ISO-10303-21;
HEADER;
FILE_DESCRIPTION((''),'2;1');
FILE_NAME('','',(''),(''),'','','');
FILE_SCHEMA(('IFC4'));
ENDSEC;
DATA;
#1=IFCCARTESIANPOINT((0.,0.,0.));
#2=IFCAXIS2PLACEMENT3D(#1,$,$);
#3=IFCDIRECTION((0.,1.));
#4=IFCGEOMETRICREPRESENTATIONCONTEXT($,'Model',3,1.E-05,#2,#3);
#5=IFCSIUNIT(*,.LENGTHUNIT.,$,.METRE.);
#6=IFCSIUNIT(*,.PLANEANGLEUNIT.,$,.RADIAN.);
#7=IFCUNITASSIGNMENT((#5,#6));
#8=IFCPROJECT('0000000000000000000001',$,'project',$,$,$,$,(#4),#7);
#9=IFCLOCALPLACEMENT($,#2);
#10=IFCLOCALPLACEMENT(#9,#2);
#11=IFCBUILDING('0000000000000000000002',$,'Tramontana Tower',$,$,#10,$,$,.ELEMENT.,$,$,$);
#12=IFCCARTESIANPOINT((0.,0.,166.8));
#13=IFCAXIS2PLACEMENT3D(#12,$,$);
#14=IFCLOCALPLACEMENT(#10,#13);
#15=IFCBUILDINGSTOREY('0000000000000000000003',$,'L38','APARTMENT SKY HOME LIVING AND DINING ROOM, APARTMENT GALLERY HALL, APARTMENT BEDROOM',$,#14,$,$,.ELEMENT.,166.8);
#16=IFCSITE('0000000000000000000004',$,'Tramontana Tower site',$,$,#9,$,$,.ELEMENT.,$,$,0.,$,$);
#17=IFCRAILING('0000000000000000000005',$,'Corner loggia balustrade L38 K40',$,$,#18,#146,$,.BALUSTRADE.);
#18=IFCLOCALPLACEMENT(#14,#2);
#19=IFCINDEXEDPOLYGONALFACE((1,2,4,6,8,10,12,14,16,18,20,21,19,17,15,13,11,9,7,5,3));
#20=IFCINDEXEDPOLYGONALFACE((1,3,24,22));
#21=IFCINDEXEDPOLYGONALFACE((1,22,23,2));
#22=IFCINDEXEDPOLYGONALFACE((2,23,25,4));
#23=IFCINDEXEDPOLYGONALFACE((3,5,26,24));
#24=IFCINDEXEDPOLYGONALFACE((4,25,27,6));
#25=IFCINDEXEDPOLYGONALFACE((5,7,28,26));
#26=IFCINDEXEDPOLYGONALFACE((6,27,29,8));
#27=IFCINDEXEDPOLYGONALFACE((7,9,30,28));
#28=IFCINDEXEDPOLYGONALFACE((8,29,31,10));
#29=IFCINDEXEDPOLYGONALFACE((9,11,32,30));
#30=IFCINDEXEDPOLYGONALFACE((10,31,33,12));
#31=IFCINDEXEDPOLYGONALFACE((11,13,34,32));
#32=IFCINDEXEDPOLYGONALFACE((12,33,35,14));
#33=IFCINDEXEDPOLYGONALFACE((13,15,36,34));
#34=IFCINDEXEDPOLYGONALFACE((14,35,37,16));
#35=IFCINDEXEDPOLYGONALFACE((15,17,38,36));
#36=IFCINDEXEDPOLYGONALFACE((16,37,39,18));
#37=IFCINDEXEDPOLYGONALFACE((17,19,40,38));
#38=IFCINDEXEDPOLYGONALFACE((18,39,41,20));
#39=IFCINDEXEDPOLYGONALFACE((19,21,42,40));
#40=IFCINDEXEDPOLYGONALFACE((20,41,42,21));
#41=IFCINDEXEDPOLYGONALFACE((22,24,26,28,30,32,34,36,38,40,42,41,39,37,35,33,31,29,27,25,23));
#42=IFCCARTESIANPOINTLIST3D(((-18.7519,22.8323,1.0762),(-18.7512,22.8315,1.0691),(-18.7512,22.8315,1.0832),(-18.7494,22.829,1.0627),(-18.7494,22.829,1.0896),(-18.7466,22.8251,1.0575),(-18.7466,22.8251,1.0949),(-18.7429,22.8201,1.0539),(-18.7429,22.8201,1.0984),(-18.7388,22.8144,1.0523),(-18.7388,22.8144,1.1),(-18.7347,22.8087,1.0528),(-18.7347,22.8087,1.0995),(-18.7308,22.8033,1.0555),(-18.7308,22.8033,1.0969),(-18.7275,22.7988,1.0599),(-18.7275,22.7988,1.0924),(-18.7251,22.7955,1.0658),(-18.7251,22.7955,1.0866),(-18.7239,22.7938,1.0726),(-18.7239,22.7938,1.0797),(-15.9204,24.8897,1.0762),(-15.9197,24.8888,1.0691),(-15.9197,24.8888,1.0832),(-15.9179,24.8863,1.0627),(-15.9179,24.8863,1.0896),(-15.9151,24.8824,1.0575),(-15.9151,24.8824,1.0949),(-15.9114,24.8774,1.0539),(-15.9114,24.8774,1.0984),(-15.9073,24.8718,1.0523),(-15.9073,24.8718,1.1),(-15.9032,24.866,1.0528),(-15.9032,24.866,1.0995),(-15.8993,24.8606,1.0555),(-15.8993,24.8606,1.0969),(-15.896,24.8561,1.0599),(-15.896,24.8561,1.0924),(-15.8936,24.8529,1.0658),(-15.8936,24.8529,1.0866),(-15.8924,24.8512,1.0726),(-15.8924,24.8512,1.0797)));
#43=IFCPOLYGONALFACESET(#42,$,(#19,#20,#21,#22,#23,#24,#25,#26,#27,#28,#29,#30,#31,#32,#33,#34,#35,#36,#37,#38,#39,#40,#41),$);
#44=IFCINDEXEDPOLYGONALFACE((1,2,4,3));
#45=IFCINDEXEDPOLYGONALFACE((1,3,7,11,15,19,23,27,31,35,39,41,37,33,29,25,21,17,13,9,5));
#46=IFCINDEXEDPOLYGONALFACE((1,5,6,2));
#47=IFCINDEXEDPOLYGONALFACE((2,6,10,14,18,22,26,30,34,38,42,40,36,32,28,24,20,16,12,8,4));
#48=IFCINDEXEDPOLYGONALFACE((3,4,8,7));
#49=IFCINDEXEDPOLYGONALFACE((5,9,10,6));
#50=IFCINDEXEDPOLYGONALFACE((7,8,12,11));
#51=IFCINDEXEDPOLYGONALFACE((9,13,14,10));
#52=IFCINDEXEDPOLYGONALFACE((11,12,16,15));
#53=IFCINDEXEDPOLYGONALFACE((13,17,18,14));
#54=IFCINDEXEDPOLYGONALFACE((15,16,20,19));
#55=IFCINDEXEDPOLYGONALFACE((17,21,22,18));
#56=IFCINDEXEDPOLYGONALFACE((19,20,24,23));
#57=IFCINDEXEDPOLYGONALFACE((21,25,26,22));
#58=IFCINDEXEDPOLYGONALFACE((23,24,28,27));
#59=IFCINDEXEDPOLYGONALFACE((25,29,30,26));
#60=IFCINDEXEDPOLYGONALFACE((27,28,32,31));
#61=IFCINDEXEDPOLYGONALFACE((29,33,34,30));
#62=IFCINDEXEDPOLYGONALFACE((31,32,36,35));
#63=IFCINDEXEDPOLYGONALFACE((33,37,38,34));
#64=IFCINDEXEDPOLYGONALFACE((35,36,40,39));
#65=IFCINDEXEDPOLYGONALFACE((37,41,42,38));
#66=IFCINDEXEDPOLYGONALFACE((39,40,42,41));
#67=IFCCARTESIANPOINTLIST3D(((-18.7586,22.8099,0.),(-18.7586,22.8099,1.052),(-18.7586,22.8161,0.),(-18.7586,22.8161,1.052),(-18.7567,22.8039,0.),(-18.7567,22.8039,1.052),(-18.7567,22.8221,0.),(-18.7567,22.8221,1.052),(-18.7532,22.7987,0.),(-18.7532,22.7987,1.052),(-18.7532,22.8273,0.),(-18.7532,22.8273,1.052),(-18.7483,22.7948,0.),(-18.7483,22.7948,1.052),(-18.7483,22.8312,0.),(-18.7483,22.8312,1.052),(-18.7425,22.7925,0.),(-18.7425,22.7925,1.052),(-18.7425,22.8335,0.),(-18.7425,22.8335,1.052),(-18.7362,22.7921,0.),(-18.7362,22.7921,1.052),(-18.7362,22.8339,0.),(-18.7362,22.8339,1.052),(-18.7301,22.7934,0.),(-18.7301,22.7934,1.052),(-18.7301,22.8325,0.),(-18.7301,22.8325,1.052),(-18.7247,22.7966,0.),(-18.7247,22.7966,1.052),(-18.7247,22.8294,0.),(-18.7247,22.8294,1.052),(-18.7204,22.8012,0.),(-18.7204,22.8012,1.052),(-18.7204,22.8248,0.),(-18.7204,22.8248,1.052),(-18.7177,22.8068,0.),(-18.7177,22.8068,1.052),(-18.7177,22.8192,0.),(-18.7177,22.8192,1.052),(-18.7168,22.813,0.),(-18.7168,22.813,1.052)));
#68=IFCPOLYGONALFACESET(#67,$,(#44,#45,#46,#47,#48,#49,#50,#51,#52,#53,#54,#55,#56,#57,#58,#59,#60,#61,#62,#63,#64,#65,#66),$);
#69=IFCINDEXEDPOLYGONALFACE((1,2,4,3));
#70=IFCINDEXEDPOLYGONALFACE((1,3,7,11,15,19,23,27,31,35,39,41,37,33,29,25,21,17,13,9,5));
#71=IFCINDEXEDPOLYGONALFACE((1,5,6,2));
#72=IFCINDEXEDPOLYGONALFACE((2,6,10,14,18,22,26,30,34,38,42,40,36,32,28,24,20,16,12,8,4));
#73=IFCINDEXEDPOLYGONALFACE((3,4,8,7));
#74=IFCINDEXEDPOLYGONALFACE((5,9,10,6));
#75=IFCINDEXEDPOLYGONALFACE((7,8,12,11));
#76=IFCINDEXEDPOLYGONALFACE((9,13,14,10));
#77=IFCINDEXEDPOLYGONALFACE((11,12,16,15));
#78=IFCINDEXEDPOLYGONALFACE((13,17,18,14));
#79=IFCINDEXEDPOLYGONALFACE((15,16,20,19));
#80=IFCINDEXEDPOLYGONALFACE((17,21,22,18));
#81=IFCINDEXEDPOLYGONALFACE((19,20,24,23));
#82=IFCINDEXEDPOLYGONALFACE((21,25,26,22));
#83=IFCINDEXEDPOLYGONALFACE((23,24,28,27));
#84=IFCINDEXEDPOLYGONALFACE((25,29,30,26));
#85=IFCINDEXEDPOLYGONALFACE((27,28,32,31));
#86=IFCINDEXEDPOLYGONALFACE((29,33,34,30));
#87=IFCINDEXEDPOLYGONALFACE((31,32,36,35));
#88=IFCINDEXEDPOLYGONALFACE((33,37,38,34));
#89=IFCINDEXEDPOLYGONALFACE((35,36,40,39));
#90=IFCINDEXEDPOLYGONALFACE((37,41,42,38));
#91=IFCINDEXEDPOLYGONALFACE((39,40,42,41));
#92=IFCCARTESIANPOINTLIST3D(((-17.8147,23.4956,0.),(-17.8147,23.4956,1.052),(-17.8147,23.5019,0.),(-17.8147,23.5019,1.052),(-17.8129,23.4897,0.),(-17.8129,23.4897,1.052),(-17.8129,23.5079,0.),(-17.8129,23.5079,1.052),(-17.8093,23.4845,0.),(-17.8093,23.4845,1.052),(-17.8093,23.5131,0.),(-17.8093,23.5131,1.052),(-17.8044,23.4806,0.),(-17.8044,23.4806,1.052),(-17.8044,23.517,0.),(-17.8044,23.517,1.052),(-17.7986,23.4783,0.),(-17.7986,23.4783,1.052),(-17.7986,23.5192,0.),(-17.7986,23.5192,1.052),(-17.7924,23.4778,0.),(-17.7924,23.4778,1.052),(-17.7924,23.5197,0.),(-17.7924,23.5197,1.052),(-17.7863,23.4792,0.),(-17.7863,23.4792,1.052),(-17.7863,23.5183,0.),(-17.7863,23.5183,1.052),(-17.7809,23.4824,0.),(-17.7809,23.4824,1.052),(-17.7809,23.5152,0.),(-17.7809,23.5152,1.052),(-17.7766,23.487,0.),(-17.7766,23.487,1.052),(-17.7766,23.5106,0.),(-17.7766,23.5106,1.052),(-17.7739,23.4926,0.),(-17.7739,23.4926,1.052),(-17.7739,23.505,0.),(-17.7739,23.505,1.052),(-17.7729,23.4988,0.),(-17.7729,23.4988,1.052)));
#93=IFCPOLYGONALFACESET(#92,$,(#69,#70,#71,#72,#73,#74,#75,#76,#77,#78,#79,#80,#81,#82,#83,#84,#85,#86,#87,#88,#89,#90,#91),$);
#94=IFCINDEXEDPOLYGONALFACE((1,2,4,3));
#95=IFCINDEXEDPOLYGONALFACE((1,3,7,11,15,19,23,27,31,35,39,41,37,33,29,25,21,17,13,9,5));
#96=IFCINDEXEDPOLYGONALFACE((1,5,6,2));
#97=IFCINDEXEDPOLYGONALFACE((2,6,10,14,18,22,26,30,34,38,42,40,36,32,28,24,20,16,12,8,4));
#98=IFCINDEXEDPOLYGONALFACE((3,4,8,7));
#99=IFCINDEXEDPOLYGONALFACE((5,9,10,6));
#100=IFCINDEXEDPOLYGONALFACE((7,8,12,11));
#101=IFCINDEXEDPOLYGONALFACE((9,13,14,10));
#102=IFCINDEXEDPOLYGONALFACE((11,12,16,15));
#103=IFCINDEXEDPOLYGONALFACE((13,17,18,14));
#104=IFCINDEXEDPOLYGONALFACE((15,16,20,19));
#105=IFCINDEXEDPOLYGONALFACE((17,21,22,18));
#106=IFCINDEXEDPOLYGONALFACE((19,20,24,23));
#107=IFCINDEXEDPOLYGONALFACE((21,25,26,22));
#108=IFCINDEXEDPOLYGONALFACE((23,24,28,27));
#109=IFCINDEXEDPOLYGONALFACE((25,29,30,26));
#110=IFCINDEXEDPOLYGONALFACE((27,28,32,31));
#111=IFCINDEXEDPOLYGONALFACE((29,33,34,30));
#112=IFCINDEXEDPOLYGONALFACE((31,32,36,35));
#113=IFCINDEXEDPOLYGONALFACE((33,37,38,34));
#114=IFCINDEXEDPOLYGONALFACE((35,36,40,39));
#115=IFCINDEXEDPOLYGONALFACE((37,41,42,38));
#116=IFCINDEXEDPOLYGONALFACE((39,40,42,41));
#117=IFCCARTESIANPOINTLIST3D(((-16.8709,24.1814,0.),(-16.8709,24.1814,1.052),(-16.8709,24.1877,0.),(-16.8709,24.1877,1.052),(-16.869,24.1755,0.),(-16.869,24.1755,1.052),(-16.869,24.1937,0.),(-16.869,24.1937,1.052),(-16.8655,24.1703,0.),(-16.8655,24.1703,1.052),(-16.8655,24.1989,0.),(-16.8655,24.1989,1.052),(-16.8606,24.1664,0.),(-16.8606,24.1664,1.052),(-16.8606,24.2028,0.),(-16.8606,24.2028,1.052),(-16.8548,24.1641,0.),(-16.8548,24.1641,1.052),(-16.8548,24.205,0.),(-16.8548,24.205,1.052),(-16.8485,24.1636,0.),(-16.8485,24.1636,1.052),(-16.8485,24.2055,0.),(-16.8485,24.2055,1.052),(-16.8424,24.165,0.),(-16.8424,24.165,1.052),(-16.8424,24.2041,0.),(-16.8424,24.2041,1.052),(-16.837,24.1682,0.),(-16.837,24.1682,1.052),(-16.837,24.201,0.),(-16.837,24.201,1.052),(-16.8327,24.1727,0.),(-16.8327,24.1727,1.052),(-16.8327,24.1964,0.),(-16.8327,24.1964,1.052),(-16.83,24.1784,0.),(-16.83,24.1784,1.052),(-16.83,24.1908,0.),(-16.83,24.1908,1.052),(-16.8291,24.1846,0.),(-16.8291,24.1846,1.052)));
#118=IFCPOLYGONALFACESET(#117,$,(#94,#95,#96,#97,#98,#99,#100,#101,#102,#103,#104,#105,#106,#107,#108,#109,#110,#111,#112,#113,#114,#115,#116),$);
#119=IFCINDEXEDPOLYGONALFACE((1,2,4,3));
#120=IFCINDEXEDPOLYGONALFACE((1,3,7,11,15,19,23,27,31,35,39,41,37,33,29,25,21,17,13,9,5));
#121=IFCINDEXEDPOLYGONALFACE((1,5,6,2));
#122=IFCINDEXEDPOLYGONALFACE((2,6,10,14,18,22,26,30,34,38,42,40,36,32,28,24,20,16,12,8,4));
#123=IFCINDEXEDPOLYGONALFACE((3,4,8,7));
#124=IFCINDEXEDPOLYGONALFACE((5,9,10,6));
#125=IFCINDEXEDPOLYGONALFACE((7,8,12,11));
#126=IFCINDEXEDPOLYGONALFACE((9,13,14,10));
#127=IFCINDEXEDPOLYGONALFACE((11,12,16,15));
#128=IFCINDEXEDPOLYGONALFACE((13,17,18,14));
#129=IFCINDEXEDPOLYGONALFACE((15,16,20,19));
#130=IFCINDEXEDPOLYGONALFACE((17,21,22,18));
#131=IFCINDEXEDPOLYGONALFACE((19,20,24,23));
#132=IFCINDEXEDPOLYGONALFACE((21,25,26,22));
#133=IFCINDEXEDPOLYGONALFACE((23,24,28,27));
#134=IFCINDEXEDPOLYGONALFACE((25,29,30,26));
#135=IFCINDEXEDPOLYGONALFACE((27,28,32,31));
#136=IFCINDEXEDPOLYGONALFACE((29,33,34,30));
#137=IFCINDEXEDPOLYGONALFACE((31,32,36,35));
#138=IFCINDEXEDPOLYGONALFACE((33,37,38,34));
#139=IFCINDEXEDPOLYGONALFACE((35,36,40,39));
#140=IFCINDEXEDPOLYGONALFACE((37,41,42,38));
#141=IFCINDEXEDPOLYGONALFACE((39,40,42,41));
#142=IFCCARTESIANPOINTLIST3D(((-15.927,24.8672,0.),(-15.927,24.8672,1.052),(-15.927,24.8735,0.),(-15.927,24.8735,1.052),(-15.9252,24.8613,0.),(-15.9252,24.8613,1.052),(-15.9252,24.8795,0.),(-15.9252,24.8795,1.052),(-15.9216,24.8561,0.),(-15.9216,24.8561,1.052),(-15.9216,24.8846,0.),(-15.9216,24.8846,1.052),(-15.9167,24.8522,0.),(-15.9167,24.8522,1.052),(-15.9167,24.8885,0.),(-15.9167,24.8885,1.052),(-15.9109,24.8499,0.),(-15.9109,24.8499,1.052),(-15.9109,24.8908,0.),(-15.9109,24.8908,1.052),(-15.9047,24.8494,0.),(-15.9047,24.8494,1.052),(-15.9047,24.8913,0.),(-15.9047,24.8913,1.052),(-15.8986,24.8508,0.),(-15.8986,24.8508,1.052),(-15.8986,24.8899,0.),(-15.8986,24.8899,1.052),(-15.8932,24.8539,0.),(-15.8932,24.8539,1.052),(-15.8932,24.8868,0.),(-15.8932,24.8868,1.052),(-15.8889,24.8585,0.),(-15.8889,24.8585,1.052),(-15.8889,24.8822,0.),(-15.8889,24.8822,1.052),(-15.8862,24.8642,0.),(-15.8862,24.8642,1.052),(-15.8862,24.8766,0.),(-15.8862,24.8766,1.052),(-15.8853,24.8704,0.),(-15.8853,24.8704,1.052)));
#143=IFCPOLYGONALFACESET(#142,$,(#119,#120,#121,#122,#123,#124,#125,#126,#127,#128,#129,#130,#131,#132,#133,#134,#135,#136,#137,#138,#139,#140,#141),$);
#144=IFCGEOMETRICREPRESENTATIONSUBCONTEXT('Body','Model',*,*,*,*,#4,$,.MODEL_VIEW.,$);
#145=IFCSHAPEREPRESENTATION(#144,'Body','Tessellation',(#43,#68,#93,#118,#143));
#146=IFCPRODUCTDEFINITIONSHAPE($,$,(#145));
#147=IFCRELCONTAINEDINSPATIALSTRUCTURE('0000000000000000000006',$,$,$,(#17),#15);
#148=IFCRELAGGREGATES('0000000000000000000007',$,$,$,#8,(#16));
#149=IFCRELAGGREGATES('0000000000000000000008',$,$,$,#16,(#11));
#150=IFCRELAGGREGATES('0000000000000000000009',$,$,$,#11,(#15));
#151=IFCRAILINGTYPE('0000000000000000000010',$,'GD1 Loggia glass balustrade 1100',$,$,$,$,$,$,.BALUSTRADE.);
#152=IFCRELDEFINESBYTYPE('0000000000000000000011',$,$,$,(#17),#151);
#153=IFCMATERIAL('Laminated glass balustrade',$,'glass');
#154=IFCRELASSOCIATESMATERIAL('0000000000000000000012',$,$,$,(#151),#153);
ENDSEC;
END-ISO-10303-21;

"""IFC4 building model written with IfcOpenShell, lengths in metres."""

from ifc_helpers import new_model, si_unit, direction, frame, origin, origin_2d, place, context, subcontext, project, spatial, circle, extrude, material, type_object, element, save


model = new_model("IFC4")

# Units and contexts
model_context = context("Model", 3, precision=1e-05, world=origin(), true_north=direction((0.0, 1.0)))
body_context = subcontext(model_context, "Body", "Model", "MODEL_VIEW")
ifc_project = project(units=[si_unit("LENGTHUNIT", "METRE"), si_unit("PLANEANGLEUNIT", "RADIAN")], contexts=[model_context])

# Site, building, storey
site_placement = place(None, origin())
site = spatial("IfcSite", under=ifc_project, at=site_placement, Name="Tramontana Tower site", CompositionType="ELEMENT", RefElevation=0.0)
building_placement = place(site_placement, origin())
building = spatial("IfcBuilding", under=site, at=building_placement, Name="Tramontana Tower", CompositionType="ELEMENT")
storey_placement = place(building_placement, frame((0.0, 0.0, 166.8)))
storey = spatial("IfcBuildingStorey", under=building, at=storey_placement, Name="L38", Description="APARTMENT SKY HOME LIVING AND DINING ROOM, APARTMENT GALLERY HALL, APARTMENT BEDROOM", CompositionType="ELEMENT", Elevation=166.8)

# Railing
ifc_material_1 = material(Name="Laminated glass balustrade", Category="glass")
railing_type = type_object("IfcRailingType", Name="GD1 Loggia glass balustrade 1100", PredefinedType="BALUSTRADE", material=ifc_material_1)
railing_1_placement = place(storey_placement, frame((-18.7378, 22.813, 0.0)))
element("IfcRailing", 1, at=railing_1_placement, inside=storey, type_object=railing_type, Name="Corner loggia balustrade L38 K40", PredefinedType="BALUSTRADE", context=body_context, shape_type="SweptSolid", body=[
    extrude(circle(Radius=0.0239, at=origin_2d()), frame((0.0, 0.0, 1.0762), z_axis=(0.808998, 0.587811, 0.0), x_axis=(-0.587811, 0.808998, 0.0)), (0.0, 0.0, 1.0), 3.5),
    extrude(circle(Radius=0.021, at=origin_2d()), origin(), (0.0, 0.0, 1.0), 1.052),
    extrude(circle(Radius=0.021, at=origin_2d()), frame((0.9438, 0.6858, 0.0)), (0.0, 0.0, 1.0), 1.052),
    extrude(circle(Radius=0.021, at=origin_2d()), frame((1.8877, 1.3716, 0.0)), (0.0, 0.0, 1.0), 1.052),
    extrude(circle(Radius=0.021, at=origin_2d()), frame((2.8315, 2.0574, 0.0)), (0.0, 0.0, 1.0), 1.052),
])

save(model, "model.ifc")
